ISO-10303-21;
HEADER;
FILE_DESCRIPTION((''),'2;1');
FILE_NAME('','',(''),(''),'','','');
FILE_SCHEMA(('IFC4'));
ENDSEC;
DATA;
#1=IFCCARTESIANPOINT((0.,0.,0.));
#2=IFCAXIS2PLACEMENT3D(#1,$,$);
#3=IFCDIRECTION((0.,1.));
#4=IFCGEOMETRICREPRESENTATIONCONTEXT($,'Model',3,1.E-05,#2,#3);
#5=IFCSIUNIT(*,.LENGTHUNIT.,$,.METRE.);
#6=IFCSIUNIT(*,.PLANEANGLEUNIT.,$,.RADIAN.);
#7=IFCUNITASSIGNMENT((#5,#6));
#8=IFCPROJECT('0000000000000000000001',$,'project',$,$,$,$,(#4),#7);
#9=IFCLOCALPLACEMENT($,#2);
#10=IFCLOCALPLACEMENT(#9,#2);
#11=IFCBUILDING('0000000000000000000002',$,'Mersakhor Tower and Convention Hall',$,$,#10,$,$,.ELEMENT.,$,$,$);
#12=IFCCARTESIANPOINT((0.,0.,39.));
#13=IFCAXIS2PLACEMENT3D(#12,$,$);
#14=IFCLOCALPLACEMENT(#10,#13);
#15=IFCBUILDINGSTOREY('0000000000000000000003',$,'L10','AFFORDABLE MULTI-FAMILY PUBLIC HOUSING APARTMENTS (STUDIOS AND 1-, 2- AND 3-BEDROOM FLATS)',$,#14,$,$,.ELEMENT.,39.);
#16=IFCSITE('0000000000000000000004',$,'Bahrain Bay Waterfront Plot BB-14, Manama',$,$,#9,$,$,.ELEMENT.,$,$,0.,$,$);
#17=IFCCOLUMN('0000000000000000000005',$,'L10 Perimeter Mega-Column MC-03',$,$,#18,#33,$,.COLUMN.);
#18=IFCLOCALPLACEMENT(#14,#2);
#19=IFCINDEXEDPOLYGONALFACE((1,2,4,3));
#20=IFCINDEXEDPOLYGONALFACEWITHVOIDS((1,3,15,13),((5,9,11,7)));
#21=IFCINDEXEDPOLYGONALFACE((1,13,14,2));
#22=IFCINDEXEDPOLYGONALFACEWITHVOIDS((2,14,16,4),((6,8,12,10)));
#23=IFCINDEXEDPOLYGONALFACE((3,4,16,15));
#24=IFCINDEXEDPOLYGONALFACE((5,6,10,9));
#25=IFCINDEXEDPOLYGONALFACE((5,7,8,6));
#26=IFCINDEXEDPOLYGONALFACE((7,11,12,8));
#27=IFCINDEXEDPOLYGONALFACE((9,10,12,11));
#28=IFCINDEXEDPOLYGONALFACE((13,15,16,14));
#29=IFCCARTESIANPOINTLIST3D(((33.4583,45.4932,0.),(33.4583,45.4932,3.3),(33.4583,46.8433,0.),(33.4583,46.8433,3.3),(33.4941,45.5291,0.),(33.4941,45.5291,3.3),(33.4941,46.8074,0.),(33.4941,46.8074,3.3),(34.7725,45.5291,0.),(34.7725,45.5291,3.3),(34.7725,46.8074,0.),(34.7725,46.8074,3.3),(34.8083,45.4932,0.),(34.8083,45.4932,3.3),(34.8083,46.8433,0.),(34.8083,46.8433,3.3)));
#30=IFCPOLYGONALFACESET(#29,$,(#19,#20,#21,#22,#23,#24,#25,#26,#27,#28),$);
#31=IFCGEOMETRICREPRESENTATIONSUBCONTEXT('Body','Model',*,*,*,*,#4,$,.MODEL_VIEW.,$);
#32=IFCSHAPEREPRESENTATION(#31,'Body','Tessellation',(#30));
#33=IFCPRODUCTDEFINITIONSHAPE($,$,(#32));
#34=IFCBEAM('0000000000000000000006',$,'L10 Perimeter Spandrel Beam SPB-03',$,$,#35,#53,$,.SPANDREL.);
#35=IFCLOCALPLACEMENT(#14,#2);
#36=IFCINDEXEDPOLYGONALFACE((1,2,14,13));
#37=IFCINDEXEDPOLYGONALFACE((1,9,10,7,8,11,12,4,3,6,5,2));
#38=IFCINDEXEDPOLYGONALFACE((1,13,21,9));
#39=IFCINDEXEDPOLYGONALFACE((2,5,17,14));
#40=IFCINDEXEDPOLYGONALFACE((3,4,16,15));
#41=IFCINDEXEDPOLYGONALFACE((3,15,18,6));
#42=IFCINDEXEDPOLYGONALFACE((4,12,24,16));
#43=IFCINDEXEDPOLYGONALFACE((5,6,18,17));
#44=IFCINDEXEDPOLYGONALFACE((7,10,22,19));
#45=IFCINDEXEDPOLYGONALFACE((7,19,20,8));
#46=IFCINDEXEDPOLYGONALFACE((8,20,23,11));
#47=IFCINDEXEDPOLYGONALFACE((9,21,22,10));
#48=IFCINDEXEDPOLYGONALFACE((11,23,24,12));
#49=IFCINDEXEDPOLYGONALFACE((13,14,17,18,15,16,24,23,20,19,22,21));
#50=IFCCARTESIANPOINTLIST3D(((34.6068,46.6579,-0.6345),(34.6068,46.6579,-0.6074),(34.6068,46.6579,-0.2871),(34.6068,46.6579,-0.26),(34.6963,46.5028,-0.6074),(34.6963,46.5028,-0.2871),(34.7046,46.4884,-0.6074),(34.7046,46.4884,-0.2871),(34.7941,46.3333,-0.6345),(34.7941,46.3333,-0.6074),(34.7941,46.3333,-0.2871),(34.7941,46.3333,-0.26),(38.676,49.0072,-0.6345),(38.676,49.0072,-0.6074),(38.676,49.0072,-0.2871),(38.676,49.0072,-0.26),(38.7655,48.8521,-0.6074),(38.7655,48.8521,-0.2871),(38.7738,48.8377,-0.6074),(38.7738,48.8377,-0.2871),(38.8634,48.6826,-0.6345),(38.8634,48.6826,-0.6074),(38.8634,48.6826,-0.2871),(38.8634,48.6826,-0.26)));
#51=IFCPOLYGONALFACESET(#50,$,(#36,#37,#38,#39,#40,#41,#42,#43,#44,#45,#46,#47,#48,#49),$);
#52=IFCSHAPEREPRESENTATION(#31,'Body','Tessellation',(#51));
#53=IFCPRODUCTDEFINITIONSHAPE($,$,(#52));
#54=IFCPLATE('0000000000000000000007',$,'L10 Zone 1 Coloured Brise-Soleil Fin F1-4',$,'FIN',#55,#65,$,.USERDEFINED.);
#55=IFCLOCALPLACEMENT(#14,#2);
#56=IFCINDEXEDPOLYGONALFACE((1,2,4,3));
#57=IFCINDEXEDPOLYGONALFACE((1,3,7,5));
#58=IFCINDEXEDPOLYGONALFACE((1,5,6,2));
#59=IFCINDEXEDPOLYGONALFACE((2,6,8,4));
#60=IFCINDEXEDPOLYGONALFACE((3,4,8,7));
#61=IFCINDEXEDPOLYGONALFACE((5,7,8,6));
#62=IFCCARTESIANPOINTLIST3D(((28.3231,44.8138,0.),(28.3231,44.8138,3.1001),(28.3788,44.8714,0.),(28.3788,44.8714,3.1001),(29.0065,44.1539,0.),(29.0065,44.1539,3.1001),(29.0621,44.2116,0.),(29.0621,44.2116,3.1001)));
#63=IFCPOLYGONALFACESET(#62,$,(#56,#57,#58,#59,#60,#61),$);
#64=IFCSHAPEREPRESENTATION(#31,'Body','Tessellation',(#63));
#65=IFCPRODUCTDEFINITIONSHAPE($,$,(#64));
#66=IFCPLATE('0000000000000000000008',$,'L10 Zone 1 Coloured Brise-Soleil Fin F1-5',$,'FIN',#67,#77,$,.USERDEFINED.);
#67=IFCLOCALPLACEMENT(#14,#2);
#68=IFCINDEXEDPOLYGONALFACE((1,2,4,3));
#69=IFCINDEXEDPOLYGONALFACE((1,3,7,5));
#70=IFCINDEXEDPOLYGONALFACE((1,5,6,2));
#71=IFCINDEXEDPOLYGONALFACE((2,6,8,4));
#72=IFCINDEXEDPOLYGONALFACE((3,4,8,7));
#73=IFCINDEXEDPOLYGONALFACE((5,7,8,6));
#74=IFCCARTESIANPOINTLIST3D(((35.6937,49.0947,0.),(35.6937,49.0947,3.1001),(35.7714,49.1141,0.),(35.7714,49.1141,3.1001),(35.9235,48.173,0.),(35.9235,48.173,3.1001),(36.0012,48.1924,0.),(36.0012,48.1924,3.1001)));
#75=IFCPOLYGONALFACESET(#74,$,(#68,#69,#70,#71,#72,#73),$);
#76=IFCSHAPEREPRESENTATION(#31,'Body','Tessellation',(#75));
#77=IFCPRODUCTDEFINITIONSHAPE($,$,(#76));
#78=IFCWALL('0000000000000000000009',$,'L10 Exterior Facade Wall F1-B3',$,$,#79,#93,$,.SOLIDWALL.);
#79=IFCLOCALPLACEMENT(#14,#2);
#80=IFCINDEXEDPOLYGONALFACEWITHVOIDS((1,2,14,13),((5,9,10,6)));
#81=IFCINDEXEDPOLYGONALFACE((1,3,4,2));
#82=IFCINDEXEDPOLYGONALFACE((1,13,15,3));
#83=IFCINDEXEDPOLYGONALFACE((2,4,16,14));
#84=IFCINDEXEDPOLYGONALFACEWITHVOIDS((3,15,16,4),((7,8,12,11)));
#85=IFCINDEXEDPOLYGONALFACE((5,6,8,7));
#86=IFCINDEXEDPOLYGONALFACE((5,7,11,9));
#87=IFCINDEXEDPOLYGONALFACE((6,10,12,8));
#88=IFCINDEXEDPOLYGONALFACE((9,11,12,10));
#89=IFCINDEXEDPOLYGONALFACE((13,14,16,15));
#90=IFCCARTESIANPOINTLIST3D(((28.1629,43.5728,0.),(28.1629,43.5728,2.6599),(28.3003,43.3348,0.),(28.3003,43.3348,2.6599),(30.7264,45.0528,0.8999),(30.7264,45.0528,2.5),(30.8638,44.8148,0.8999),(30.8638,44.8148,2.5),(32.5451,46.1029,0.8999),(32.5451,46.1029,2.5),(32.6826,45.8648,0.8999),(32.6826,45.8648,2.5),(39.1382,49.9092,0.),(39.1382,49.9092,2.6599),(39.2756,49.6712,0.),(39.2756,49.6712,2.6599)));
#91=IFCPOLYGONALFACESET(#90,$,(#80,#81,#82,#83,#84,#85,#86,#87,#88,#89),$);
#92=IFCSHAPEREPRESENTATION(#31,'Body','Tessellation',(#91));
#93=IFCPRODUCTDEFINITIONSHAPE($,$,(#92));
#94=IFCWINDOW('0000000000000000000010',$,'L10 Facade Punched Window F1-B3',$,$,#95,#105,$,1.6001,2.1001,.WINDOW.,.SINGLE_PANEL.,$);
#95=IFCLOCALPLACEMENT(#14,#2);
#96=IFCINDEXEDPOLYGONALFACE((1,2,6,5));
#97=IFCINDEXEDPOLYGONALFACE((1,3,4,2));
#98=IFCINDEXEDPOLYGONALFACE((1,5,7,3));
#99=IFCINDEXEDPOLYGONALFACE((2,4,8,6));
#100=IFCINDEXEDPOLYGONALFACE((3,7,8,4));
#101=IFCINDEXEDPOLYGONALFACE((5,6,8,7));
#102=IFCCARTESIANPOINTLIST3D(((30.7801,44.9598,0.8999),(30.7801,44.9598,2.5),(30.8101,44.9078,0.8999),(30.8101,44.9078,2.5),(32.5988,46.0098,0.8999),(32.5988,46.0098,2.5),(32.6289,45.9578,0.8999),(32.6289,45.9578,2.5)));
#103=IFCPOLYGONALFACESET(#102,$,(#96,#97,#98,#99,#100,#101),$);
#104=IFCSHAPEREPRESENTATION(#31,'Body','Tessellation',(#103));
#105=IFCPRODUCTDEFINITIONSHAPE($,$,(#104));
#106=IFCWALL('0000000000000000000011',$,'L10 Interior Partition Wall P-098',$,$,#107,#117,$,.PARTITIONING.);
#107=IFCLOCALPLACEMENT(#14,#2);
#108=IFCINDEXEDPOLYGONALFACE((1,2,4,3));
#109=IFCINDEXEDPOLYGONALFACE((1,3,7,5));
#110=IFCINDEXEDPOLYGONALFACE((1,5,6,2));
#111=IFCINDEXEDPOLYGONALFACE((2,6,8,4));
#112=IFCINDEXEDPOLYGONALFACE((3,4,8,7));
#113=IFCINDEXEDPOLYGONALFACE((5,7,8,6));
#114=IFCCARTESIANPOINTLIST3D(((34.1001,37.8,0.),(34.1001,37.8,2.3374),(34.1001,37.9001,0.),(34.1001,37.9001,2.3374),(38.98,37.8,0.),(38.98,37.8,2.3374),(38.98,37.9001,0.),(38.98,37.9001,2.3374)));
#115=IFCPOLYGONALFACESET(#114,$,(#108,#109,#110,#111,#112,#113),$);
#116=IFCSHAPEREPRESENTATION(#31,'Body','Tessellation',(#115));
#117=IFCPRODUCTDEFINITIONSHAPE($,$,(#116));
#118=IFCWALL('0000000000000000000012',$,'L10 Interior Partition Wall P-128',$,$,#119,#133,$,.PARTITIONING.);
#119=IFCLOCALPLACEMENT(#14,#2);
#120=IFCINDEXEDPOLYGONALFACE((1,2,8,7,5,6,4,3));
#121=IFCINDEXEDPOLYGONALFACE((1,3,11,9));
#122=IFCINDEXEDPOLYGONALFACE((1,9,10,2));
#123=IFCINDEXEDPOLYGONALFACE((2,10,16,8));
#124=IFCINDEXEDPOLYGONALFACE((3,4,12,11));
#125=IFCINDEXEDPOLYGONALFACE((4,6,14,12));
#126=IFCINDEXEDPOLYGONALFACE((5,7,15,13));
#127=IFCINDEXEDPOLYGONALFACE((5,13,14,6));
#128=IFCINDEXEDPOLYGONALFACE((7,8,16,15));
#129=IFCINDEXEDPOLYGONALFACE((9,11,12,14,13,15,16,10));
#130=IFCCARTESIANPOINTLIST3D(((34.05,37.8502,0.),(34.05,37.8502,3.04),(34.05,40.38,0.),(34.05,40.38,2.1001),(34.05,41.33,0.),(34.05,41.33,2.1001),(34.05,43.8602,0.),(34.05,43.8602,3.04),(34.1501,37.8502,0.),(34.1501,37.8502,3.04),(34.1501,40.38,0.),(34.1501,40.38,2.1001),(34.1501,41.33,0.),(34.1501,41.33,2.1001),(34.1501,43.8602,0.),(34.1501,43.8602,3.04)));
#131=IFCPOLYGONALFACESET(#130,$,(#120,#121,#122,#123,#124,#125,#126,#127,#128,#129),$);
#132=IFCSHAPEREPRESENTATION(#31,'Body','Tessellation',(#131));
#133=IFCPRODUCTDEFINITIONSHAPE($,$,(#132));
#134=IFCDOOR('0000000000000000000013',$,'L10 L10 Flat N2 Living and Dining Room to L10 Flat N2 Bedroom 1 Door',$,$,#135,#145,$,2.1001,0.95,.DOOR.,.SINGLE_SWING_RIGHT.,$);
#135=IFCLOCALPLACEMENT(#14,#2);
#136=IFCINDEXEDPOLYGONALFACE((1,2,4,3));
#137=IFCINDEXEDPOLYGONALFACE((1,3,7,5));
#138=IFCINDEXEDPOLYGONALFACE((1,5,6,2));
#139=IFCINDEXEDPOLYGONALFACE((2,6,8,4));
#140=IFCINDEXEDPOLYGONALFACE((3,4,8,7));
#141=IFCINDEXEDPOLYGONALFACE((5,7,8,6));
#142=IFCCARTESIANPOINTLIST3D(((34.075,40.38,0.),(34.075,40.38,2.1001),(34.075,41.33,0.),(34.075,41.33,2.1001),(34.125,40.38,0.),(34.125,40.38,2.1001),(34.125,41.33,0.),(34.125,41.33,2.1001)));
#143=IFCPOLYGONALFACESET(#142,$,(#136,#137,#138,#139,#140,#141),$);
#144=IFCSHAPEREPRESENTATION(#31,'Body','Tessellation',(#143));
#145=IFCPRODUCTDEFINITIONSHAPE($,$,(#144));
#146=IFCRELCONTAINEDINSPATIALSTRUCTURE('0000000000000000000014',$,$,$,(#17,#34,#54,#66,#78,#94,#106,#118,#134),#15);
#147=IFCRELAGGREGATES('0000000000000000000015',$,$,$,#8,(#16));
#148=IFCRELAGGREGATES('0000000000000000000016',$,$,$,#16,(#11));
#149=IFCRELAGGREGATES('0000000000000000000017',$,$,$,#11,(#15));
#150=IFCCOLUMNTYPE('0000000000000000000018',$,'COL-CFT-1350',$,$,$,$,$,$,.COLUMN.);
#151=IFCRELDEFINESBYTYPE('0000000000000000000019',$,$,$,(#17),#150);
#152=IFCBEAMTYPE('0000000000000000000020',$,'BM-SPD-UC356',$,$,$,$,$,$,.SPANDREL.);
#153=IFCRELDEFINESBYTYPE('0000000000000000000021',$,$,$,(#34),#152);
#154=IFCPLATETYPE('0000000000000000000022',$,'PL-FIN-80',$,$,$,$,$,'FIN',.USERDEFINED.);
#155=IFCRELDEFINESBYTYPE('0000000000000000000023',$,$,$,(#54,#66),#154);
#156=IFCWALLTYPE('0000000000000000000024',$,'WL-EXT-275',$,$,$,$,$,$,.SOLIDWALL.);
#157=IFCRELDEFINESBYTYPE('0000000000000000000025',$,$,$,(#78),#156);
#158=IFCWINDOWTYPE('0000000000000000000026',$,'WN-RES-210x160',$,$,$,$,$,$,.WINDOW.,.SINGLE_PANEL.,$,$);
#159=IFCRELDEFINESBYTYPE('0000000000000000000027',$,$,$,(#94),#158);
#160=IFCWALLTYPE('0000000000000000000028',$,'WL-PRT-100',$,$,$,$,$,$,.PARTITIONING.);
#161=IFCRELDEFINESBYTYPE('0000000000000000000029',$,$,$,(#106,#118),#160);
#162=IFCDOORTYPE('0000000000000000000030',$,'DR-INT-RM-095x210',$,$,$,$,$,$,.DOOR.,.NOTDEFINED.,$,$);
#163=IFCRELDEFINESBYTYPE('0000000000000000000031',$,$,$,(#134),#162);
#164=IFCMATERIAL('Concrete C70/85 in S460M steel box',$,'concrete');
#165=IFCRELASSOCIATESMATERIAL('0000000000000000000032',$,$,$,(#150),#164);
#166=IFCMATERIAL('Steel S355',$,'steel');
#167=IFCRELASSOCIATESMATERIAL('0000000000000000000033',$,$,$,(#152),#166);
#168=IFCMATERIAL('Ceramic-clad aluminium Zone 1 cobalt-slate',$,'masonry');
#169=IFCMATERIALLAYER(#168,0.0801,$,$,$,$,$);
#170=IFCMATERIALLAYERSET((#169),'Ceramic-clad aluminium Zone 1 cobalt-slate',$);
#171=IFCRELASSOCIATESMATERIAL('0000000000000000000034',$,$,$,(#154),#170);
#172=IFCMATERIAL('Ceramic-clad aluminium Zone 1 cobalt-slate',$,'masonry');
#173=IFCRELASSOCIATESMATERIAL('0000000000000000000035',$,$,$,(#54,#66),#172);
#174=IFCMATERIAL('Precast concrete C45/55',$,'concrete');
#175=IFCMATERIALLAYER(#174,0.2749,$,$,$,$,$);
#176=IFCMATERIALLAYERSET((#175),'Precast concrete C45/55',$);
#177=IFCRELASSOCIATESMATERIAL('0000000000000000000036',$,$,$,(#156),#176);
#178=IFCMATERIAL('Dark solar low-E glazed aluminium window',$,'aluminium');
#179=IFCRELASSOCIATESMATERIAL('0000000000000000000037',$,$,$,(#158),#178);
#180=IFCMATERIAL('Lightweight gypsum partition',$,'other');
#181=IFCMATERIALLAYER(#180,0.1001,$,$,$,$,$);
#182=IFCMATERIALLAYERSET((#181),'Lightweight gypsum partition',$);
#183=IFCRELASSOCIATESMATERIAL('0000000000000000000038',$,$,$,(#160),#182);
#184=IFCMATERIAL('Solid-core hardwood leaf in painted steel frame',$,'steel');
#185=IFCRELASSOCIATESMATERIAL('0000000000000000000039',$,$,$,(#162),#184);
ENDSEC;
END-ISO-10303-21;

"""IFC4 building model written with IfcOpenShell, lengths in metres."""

from ifc_helpers import new_model, si_unit, direction, frame, frame_2d, origin, origin_2d, place, context, subcontext, project, spatial, rectangle, hollow_rectangle, i_section, extrude, material, layer, layer_set, material_profile, profile_set, type_object, element, fill, save


model = new_model("IFC4")

# Units and contexts
model_context = context("Model", 3, precision=1e-05, world=origin(), true_north=direction((0.0, 1.0)))
body_context = subcontext(model_context, "Body", "Model", "MODEL_VIEW")
ifc_project = project(units=[si_unit("LENGTHUNIT", "METRE"), si_unit("PLANEANGLEUNIT", "RADIAN")], contexts=[model_context])

# Site, building, storey
site_placement = place(None, origin())
site = spatial("IfcSite", under=ifc_project, at=site_placement, Name="Bahrain Bay Waterfront Plot BB-14, Manama", CompositionType="ELEMENT", RefElevation=0.0)
building_placement = place(site_placement, origin())
building = spatial("IfcBuilding", under=site, at=building_placement, Name="Mersakhor Tower and Convention Hall", CompositionType="ELEMENT")
storey_placement = place(building_placement, frame((0.0, 0.0, 39.0)))
storey = spatial("IfcBuildingStorey", under=building, at=storey_placement, Name="L10", Description="AFFORDABLE MULTI-FAMILY PUBLIC HOUSING APARTMENTS (STUDIOS AND 1-, 2- AND 3-BEDROOM FLATS)", CompositionType="ELEMENT", Elevation=39.0)

# Column
ifc_material_1 = material(Name="Concrete C70/85 in S460M steel box", Category="concrete")
ifc_material_profile_1 = material_profile(ifc_material_1, hollow_rectangle(XDim=1.3501, YDim=1.3501, WallThickness=0.0359, at=origin_2d()), Name="SHS 1350x1350x36")
ifc_profile_set_1 = profile_set([ifc_material_profile_1], Name="Concrete C70/85 in S460M steel box")
column_type = type_object("IfcColumnType", Name="COL-CFT-1350", PredefinedType="COLUMN", material=ifc_profile_set_1)
column_placement = place(storey_placement, frame((34.1333, 46.1682, 0.0), z_axis=(0.0, 0.0, 1.0), x_axis=(1.0, 0.0, 0.0)))
element("IfcColumn", 1, at=column_placement, inside=storey, type_object=column_type, Name="L10 Perimeter Mega-Column MC-03", PredefinedType="COLUMN", context=body_context, shape_type="SweptSolid", body=[
    extrude(hollow_rectangle(XDim=1.3501, YDim=1.3501, WallThickness=0.0359, at=origin_2d()), origin(), (0.0, 0.0, 1.0), 3.3),
])

# Beam
ifc_material_2 = material(Name="Steel S355", Category="steel")
ifc_material_profile_2 = material_profile(ifc_material_2, i_section(OverallWidth=0.3748, OverallDepth=0.3745, WebThickness=0.0166, FlangeThickness=0.0271, at=origin_2d()), Name="UC 356x368x202")
ifc_profile_set_2 = profile_set([ifc_material_profile_2], Name="Steel S355")
beam_type = type_object("IfcBeamType", Name="BM-SPD-UC356", PredefinedType="SPANDREL", material=ifc_profile_set_2)
beam_placement = place(storey_placement, frame((34.7004, 46.4956, -0.4473), z_axis=(0.866032, 0.499989, 0.0), x_axis=(-0.499989, 0.866032, 0.0)))
element("IfcBeam", 2, at=beam_placement, inside=storey, type_object=beam_type, Name="L10 Perimeter Spandrel Beam SPB-03", PredefinedType="SPANDREL", context=body_context, shape_type="SweptSolid", body=[
    extrude(i_section(OverallWidth=0.3748, OverallDepth=0.3745, WebThickness=0.0166, FlangeThickness=0.0271, at=origin_2d()), origin(), (0.0, 0.0, 1.0), 4.6987),
])

# Plates
ifc_material_3 = material(Name="Ceramic-clad aluminium Zone 1 cobalt-slate", Category="masonry")
ifc_material_4 = material(Name="Ceramic-clad aluminium Zone 1 cobalt-slate", Category="masonry")
ifc_layer_1 = layer(ifc_material_4, 0.0801)
ifc_layer_set_1 = layer_set([ifc_layer_1], Name="Ceramic-clad aluminium Zone 1 cobalt-slate")
plate_type = type_object("IfcPlateType", Name="PL-FIN-80", ElementType="FIN", PredefinedType="USERDEFINED", material=ifc_layer_set_1)
for number, where, z_axis, x_axis, name in (
    (3, (28.6926, 44.5127, 0.0), (0.0, 0.0, 1.0), (-0.71934, 0.694658, 0.0), "L10 Zone 1 Coloured Brise-Soleil Fin F1-4"),
    (4, (35.8474, 48.6436, 0.0), (0.0, 0.0, 1.0), (-0.241922, 0.970296, 0.0), "L10 Zone 1 Coloured Brise-Soleil Fin F1-5"),
):
    element("IfcPlate", number, at=place(storey_placement, frame(where, z_axis=z_axis, x_axis=x_axis)), inside=storey, type_object=plate_type, material=ifc_material_3, Name=name, ObjectType="FIN", PredefinedType="USERDEFINED", context=body_context, shape_type="SweptSolid", body=[
        extrude(rectangle(XDim=0.95, YDim=0.0801, at=origin_2d()), origin(), (0.0, 0.0, 1.0), 3.1001),
    ])

# Wall, opening, window
ifc_material_5 = material(Name="Precast concrete C45/55", Category="concrete")
ifc_layer_2 = layer(ifc_material_5, 0.2749)
ifc_layer_set_2 = layer_set([ifc_layer_2], Name="Precast concrete C45/55")
wall_type_1 = type_object("IfcWallType", Name="WL-EXT-275", PredefinedType="SOLIDWALL", material=ifc_layer_set_2)
wall_1_placement = place(storey_placement, frame((28.2317, 43.4539, 0.0), z_axis=(0.0, 0.0, 1.0), x_axis=(0.866032, 0.499989, 0.0)))
wall_1 = element("IfcWall", 5, at=wall_1_placement, inside=storey, type_object=wall_type_1, Name="L10 Exterior Facade Wall F1-B3", PredefinedType="SOLIDWALL", context=body_context, shape_type="SweptSolid", body=[
    extrude(rectangle(XDim=12.6731, YDim=0.2749, at=frame_2d((6.3364, 0.0))), origin(), (0.0, 0.0, 1.0), 2.6599),
])
opening_1_placement = place(wall_1_placement, frame((2.96, 0.0, 0.8999)))
opening_1 = element("IfcOpeningElement", 6, at=opening_1_placement, cuts=wall_1, PredefinedType="OPENING", context=body_context, shape_type="SweptSolid", body=[
    extrude(rectangle(XDim=2.1001, YDim=1.6001, at=frame_2d((1.05, 0.8))), frame((0.0, 0.1475, 0.0), z_axis=(0.0, -1.0, 0.0), x_axis=(1.0, 0.0, 0.0)), (0.0, 0.0, 1.0), 0.2949),
])
ifc_material_6 = material(Name="Dark solar low-E glazed aluminium window", Category="aluminium")
window_type = type_object("IfcWindowType", Name="WN-RES-210x160", PartitioningType="SINGLE_PANEL", PredefinedType="WINDOW", material=ifc_material_6)
window_placement = place(opening_1_placement, origin())
window = element("IfcWindow", 7, at=window_placement, inside=storey, type_object=window_type, Name="L10 Facade Punched Window F1-B3", OverallHeight=1.6001, OverallWidth=2.1001, PartitioningType="SINGLE_PANEL", PredefinedType="WINDOW", context=body_context, shape_type="SweptSolid", body=[
    extrude(rectangle(XDim=2.1001, YDim=1.6001, at=frame_2d((1.05, 0.8))), frame((0.0, 0.03, 0.0), z_axis=(0.0, -1.0, 0.0), x_axis=(1.0, 0.0, 0.0)), (0.0, 0.0, 1.0), 0.0601),
])
fill(opening_1, window)

# Wall
ifc_material_7 = material(Name="Lightweight gypsum partition", Category="other")
ifc_layer_3 = layer(ifc_material_7, 0.1001)
ifc_layer_set_3 = layer_set([ifc_layer_3], Name="Lightweight gypsum partition")
wall_type_2 = type_object("IfcWallType", Name="WL-PRT-100", PredefinedType="PARTITIONING", material=ifc_layer_set_3)
wall_2_placement = place(storey_placement, frame((34.1001, 37.8501, 0.0), z_axis=(0.0, 0.0, 1.0), x_axis=(1.0, 0.0, 0.0)))
element("IfcWall", 8, at=wall_2_placement, inside=storey, type_object=wall_type_2, Name="L10 Interior Partition Wall P-098", PredefinedType="PARTITIONING", context=body_context, shape_type="SweptSolid", body=[
    extrude(rectangle(XDim=4.8799, YDim=0.1001, at=frame_2d((2.4399, 0.0))), origin(), (0.0, 0.0, 1.0), 2.3374),
])

# Wall, opening, door
wall_3_placement = place(storey_placement, frame((34.1001, 43.8601, 0.0), z_axis=(0.0, 0.0, 1.0), x_axis=(0.0, -1.0, 0.0)))
wall_3 = element("IfcWall", 9, at=wall_3_placement, inside=storey, type_object=wall_type_2, Name="L10 Interior Partition Wall P-128", PredefinedType="PARTITIONING", context=body_context, shape_type="SweptSolid", body=[
    extrude(rectangle(XDim=6.01, YDim=0.1001, at=frame_2d((3.0049, 0.0))), origin(), (0.0, 0.0, 1.0), 3.04),
])
opening_2_placement = place(wall_3_placement, frame((2.53, 0.0, 0.0)))
opening_2 = element("IfcOpeningElement", 10, at=opening_2_placement, cuts=wall_3, PredefinedType="OPENING", context=body_context, shape_type="SweptSolid", body=[
    extrude(rectangle(XDim=0.95, YDim=2.1001, at=frame_2d((0.4751, 1.05))), frame((0.0, 0.0601, 0.0), z_axis=(0.0, -1.0, 0.0), x_axis=(1.0, 0.0, 0.0)), (0.0, 0.0, 1.0), 0.1201),
])
ifc_material_8 = material(Name="Solid-core hardwood leaf in painted steel frame", Category="steel")
door_type = type_object("IfcDoorType", Name="DR-INT-RM-095x210", OperationType="NOTDEFINED", PredefinedType="DOOR", material=ifc_material_8)
door_1_placement = place(opening_2_placement, origin())
door_1 = element("IfcDoor", 11, at=door_1_placement, inside=storey, type_object=door_type, Name="L10 L10 Flat N2 Living and Dining Room to L10 Flat N2 Bedroom 1 Door", OperationType="SINGLE_SWING_RIGHT", OverallHeight=2.1001, OverallWidth=0.95, PredefinedType="DOOR", context=body_context, shape_type="SweptSolid", body=[
    extrude(rectangle(XDim=0.95, YDim=2.1001, at=frame_2d((0.4751, 1.05))), frame((0.0, 0.0249, 0.0), z_axis=(0.0, -1.0, 0.0), x_axis=(1.0, 0.0, 0.0)), (0.0, 0.0, 1.0), 0.05),
])
fill(opening_2, door_1)

save(model, "model.ifc")
